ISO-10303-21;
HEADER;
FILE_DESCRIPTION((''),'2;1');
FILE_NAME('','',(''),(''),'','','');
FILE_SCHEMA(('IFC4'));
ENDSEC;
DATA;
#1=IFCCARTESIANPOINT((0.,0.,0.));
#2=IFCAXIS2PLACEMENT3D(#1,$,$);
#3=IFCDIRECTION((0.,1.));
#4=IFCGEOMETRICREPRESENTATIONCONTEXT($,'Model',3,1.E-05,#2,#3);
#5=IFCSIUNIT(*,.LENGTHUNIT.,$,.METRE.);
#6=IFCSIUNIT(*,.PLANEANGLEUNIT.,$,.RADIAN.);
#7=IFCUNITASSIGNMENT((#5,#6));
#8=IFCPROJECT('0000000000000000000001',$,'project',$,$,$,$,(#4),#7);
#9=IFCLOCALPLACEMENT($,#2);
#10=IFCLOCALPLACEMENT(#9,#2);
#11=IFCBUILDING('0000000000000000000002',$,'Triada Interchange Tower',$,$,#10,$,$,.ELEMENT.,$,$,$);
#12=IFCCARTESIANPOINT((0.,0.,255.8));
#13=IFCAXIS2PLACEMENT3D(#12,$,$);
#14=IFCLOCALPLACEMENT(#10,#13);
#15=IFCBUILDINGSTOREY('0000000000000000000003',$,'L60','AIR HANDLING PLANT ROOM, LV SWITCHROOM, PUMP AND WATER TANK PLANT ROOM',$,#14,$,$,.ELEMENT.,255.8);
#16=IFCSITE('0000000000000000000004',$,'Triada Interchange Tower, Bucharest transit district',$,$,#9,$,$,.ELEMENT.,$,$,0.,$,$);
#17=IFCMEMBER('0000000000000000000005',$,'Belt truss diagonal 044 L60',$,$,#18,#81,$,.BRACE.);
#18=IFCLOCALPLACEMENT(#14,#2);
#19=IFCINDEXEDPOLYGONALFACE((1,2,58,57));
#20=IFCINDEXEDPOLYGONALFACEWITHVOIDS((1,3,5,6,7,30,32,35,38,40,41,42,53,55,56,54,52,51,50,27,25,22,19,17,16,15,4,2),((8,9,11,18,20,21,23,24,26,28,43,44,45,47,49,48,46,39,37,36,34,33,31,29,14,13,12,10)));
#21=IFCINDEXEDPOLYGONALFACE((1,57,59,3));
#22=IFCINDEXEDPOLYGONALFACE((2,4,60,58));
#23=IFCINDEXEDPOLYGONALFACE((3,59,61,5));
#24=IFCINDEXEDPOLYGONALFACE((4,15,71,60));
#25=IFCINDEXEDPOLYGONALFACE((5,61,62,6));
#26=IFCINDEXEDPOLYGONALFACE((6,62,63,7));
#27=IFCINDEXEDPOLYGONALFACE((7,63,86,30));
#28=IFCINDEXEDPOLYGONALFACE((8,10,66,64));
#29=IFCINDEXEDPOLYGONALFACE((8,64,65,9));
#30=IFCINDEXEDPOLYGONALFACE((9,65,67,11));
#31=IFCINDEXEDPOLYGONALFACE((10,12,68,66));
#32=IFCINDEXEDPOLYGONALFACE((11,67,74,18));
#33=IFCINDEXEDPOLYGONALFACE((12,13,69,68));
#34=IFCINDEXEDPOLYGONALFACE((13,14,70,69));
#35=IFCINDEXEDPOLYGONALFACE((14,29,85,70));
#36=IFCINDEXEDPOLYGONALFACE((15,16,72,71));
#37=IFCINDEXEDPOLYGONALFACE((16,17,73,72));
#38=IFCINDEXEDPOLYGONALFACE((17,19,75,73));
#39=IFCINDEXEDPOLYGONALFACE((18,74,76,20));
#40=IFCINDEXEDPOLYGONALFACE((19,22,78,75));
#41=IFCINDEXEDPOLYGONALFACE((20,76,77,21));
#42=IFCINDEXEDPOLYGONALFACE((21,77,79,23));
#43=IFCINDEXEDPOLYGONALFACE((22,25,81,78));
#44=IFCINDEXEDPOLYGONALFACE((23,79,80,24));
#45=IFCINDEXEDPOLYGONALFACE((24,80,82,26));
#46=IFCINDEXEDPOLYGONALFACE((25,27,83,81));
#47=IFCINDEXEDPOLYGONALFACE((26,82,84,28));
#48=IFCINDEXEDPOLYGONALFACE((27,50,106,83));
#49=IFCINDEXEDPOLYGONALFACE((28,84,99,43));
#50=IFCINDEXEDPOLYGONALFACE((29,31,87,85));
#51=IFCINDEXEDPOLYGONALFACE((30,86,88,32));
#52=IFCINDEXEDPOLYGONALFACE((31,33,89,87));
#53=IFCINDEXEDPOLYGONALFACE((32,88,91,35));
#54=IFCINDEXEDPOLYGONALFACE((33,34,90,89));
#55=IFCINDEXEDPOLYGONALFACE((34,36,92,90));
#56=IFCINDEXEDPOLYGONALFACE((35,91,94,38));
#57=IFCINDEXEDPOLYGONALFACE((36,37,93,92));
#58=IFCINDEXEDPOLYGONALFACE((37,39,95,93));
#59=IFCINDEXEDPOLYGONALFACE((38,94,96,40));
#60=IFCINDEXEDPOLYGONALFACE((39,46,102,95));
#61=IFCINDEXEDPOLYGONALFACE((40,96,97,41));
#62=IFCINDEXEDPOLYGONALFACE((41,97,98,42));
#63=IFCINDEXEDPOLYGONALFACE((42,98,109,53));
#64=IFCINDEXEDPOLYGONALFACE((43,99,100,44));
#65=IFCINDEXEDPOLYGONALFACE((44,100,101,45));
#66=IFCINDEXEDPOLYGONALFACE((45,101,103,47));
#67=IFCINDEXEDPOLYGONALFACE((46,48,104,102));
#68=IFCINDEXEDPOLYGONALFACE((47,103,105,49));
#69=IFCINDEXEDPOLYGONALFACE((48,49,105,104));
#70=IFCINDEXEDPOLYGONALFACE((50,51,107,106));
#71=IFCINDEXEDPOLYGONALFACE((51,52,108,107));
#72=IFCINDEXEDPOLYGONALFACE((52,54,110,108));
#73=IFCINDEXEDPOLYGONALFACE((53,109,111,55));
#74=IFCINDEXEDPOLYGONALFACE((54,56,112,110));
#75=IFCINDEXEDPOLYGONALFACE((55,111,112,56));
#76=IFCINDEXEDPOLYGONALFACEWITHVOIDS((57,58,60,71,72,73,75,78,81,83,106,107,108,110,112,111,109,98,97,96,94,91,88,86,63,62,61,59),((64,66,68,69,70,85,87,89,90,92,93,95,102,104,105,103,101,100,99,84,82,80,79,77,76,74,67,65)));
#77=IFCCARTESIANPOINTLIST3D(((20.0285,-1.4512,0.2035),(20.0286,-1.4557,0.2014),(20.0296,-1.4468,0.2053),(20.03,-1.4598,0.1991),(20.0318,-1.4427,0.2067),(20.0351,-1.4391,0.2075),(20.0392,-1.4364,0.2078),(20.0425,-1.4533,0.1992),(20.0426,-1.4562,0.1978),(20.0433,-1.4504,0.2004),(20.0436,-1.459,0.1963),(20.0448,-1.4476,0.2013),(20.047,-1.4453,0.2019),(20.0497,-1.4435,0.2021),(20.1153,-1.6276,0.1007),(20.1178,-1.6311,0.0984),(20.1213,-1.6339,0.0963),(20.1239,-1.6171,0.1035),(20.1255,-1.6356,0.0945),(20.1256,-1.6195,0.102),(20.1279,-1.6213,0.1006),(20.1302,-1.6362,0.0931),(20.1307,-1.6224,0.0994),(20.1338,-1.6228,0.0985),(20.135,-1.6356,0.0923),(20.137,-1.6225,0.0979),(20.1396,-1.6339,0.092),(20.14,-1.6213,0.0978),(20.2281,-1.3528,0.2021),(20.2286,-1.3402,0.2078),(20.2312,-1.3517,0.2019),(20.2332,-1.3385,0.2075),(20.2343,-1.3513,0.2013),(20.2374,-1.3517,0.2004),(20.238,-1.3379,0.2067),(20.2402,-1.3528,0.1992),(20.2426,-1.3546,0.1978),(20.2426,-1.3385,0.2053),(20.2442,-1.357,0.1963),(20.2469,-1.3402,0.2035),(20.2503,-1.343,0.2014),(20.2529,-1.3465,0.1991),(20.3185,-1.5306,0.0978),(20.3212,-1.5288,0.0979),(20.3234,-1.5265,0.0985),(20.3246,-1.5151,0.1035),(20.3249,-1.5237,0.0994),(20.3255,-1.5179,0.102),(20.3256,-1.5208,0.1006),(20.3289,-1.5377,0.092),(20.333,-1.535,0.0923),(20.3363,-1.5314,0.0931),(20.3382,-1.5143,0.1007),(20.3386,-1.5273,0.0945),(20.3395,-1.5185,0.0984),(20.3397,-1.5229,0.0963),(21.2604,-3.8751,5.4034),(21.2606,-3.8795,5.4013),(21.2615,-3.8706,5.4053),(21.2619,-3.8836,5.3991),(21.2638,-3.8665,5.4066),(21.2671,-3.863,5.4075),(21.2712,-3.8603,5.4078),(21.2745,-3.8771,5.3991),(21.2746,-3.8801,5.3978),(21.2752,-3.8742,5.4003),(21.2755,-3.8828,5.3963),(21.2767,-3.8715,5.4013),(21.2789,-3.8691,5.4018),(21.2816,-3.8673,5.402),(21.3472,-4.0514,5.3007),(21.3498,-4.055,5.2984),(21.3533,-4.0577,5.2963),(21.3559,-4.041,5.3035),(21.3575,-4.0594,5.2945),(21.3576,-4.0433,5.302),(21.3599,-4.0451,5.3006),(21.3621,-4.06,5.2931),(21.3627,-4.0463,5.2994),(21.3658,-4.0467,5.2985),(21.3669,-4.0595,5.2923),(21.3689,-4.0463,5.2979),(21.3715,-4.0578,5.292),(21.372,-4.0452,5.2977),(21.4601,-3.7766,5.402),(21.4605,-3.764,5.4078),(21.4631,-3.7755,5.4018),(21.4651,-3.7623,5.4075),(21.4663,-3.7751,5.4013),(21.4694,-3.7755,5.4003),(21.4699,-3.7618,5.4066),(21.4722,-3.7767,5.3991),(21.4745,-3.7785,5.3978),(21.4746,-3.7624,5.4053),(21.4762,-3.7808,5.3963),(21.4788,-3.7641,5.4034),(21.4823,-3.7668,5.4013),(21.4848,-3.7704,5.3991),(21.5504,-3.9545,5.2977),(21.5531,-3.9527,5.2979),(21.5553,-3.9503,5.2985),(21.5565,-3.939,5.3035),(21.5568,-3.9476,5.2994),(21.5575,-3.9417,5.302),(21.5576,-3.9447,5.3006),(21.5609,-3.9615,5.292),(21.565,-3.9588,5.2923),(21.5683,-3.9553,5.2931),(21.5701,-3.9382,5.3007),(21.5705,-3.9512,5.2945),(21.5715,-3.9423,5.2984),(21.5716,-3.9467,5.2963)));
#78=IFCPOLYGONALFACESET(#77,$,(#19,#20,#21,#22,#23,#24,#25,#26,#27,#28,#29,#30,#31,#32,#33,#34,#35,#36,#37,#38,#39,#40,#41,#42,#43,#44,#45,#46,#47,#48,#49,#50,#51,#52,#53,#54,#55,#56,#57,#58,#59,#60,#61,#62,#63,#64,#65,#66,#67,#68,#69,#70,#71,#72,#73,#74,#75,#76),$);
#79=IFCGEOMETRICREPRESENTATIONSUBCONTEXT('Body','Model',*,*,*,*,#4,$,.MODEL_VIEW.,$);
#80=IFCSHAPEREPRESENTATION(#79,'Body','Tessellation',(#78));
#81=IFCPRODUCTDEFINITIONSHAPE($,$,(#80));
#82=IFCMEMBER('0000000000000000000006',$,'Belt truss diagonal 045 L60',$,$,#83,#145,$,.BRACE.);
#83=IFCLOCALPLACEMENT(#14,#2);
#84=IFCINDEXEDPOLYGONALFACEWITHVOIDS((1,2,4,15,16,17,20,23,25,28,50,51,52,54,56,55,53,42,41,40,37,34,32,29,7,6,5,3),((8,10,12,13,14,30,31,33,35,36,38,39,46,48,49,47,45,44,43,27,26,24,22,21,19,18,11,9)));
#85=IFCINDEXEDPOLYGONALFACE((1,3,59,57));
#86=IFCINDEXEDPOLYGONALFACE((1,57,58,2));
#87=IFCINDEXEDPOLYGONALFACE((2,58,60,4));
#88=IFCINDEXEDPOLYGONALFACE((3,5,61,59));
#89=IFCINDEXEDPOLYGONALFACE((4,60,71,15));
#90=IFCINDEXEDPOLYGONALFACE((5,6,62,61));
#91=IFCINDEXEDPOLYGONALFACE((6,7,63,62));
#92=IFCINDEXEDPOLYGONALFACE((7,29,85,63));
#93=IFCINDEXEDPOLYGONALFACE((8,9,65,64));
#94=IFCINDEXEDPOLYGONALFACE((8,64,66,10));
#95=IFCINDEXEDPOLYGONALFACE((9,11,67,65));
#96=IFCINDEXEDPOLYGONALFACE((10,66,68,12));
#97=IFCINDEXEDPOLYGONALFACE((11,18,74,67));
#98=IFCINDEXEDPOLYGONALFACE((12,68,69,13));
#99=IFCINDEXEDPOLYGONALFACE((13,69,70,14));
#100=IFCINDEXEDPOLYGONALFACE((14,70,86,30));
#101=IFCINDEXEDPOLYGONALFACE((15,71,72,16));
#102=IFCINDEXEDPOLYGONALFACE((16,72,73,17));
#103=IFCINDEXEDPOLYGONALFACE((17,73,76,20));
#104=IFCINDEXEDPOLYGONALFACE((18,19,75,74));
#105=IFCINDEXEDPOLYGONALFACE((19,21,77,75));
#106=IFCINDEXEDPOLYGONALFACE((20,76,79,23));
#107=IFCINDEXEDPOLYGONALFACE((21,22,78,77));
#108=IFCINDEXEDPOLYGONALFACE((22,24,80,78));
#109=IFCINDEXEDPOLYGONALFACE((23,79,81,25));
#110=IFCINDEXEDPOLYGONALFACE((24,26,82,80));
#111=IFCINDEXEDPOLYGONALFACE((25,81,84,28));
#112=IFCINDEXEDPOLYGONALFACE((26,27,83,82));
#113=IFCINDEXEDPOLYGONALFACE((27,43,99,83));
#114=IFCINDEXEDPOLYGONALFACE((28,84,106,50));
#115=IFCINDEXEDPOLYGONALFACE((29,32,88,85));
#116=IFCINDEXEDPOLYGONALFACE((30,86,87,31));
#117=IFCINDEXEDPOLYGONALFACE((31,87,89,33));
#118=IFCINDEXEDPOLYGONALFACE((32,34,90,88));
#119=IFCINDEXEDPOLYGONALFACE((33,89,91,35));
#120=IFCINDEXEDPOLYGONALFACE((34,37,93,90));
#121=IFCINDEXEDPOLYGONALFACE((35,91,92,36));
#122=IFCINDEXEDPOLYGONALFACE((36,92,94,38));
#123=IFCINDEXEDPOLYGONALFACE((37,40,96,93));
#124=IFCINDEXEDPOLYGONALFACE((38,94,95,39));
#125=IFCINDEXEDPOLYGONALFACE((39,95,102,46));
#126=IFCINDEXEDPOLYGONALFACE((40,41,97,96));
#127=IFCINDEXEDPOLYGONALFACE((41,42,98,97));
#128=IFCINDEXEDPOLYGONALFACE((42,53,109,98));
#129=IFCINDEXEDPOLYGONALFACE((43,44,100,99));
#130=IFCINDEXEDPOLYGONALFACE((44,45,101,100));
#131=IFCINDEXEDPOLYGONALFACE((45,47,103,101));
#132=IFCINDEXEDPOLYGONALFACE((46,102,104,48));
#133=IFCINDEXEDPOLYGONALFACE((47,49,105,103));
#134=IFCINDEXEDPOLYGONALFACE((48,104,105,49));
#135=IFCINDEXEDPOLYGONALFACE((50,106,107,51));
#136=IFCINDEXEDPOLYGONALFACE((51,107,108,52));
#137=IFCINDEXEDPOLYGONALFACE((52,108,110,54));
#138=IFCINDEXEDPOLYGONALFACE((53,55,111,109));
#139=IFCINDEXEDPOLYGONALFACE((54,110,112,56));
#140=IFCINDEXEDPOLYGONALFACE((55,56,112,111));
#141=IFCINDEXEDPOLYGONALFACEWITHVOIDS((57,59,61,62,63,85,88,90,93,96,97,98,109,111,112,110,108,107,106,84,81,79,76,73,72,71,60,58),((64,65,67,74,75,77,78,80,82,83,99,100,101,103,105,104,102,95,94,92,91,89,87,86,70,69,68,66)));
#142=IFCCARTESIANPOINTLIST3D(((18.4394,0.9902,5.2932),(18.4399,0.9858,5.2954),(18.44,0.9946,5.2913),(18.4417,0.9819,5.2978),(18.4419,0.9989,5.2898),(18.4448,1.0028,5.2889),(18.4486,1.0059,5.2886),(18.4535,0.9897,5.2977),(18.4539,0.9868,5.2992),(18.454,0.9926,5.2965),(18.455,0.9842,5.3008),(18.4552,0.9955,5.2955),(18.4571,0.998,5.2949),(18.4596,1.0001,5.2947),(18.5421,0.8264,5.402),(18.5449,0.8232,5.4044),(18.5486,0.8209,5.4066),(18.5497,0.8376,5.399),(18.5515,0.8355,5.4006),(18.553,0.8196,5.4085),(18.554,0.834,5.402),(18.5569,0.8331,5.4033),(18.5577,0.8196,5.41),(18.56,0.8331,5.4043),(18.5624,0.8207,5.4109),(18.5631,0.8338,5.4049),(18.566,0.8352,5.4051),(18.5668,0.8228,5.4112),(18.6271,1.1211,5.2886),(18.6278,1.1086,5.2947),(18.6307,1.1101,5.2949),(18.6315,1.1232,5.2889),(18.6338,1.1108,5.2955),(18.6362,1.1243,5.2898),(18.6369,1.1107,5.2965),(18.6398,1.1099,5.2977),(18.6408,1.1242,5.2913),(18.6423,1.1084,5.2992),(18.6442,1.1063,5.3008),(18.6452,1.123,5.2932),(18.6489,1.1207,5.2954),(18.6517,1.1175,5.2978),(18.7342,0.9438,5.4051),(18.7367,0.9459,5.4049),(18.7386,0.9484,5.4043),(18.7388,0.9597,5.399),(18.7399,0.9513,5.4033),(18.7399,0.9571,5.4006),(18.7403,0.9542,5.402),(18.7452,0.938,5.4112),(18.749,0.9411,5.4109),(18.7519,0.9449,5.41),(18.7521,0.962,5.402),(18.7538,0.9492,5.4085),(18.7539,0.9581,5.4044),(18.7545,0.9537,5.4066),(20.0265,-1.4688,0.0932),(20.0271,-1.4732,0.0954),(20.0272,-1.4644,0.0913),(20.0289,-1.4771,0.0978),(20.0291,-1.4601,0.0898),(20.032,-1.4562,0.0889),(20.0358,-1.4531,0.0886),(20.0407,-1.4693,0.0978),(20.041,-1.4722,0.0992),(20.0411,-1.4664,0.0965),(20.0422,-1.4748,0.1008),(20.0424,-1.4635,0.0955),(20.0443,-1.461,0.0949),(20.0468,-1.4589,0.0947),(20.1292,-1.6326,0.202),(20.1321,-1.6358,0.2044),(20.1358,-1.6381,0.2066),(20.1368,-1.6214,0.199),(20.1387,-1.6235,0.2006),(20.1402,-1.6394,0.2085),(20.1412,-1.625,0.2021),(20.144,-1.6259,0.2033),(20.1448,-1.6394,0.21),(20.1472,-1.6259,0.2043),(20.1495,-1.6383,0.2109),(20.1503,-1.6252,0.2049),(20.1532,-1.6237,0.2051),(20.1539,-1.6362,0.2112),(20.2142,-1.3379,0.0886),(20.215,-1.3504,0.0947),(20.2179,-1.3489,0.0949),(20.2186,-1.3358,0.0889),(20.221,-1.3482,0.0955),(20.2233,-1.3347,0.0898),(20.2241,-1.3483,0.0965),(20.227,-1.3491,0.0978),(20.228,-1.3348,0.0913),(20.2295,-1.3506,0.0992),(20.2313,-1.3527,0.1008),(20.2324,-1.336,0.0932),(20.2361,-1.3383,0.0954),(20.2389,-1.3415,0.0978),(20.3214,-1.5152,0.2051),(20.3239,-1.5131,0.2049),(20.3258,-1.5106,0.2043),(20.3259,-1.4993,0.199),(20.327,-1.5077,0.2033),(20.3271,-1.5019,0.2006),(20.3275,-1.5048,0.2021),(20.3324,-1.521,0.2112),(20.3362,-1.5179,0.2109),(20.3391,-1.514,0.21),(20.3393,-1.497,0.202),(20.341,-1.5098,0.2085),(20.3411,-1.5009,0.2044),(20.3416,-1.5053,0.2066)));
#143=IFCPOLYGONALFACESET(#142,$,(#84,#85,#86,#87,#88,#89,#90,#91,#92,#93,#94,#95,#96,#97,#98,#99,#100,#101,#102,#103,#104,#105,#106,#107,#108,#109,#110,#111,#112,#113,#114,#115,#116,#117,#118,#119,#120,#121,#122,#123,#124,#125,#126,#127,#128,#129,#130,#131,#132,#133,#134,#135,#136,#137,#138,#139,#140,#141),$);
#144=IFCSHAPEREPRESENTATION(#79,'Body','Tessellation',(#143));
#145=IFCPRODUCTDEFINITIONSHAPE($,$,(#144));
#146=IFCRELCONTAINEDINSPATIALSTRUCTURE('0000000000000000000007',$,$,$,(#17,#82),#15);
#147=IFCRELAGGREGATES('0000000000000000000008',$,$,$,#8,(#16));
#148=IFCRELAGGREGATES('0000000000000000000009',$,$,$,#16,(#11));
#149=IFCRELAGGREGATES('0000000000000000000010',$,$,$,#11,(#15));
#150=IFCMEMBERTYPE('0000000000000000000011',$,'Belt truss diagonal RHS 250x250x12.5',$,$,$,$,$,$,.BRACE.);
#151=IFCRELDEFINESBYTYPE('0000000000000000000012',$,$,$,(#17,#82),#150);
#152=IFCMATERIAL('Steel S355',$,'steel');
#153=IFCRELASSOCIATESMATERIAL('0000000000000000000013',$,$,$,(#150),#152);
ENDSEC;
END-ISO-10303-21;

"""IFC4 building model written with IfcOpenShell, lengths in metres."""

from ifc_helpers import new_model, si_unit, direction, frame, origin, origin_2d, place, context, subcontext, project, spatial, hollow_rectangle, extrude, material, material_profile, profile_set, type_object, element, save


model = new_model("IFC4")

# Units and contexts
model_context = context("Model", 3, precision=1e-05, world=origin(), true_north=direction((0.0, 1.0)))
body_context = subcontext(model_context, "Body", "Model", "MODEL_VIEW")
ifc_project = project(units=[si_unit("LENGTHUNIT", "METRE"), si_unit("PLANEANGLEUNIT", "RADIAN")], contexts=[model_context])

# Site, building, storey
site_placement = place(None, origin())
site = spatial("IfcSite", under=ifc_project, at=site_placement, Name="Triada Interchange Tower, Bucharest transit district", CompositionType="ELEMENT", RefElevation=0.0)
building_placement = place(site_placement, origin())
building = spatial("IfcBuilding", under=site, at=building_placement, Name="Triada Interchange Tower", CompositionType="ELEMENT")
storey_placement = place(building_placement, frame((0.0, 0.0, 255.8)))
storey = spatial("IfcBuildingStorey", under=building, at=storey_placement, Name="L60", Description="AIR HANDLING PLANT ROOM, LV SWITCHROOM, PUMP AND WATER TANK PLANT ROOM", CompositionType="ELEMENT", Elevation=255.8)

# Members
ifc_material_1 = material(Name="Steel S355", Category="steel")
ifc_material_profile_1 = material_profile(ifc_material_1, hollow_rectangle(XDim=0.25, YDim=0.25, WallThickness=0.0125, InnerFilletRadius=0.0125, OuterFilletRadius=0.0188, at=origin_2d()), Name="RHS 250x250x12.5")
ifc_profile_set_1 = profile_set([ifc_material_profile_1], Name="Steel S355")
member_type_1 = type_object("IfcMemberType", Name="Belt truss diagonal RHS 250x250x12.5", PredefinedType="BRACE", material=ifc_profile_set_1)
member_1_placement = place(storey_placement, frame((20.1841, -1.4871, 0.1499), z_axis=(0.209945, -0.413067, 0.886171), x_axis=(0.891463, 0.453094, 0.0)))
element("IfcMember", 1, at=member_1_placement, inside=storey, type_object=member_type_1, Name="Belt truss diagonal 044 L60", PredefinedType="BRACE", context=body_context, shape_type="SweptSolid", body=[
    extrude(hollow_rectangle(XDim=0.25, YDim=0.25, WallThickness=0.0125, InnerFilletRadius=0.0125, OuterFilletRadius=0.0188, at=origin_2d()), origin(), (0.0, 0.0, 1.0), 5.8679),
])
member_2_placement = place(storey_placement, frame((20.1841, -1.4871, 0.1499), z_axis=(-0.265989, 0.412097, 0.871451), x_axis=(-0.840185, -0.5423, 0.0)))
element("IfcMember", 2, at=member_2_placement, inside=storey, type_object=member_type_1, Name="Belt truss diagonal 045 L60", PredefinedType="BRACE", context=body_context, shape_type="SweptSolid", body=[
    extrude(hollow_rectangle(XDim=0.25, YDim=0.25, WallThickness=0.0125, InnerFilletRadius=0.0125, OuterFilletRadius=0.0188, at=origin_2d()), origin(), (0.0, 0.0, 1.0), 5.967),
])

save(model, "model.ifc")
